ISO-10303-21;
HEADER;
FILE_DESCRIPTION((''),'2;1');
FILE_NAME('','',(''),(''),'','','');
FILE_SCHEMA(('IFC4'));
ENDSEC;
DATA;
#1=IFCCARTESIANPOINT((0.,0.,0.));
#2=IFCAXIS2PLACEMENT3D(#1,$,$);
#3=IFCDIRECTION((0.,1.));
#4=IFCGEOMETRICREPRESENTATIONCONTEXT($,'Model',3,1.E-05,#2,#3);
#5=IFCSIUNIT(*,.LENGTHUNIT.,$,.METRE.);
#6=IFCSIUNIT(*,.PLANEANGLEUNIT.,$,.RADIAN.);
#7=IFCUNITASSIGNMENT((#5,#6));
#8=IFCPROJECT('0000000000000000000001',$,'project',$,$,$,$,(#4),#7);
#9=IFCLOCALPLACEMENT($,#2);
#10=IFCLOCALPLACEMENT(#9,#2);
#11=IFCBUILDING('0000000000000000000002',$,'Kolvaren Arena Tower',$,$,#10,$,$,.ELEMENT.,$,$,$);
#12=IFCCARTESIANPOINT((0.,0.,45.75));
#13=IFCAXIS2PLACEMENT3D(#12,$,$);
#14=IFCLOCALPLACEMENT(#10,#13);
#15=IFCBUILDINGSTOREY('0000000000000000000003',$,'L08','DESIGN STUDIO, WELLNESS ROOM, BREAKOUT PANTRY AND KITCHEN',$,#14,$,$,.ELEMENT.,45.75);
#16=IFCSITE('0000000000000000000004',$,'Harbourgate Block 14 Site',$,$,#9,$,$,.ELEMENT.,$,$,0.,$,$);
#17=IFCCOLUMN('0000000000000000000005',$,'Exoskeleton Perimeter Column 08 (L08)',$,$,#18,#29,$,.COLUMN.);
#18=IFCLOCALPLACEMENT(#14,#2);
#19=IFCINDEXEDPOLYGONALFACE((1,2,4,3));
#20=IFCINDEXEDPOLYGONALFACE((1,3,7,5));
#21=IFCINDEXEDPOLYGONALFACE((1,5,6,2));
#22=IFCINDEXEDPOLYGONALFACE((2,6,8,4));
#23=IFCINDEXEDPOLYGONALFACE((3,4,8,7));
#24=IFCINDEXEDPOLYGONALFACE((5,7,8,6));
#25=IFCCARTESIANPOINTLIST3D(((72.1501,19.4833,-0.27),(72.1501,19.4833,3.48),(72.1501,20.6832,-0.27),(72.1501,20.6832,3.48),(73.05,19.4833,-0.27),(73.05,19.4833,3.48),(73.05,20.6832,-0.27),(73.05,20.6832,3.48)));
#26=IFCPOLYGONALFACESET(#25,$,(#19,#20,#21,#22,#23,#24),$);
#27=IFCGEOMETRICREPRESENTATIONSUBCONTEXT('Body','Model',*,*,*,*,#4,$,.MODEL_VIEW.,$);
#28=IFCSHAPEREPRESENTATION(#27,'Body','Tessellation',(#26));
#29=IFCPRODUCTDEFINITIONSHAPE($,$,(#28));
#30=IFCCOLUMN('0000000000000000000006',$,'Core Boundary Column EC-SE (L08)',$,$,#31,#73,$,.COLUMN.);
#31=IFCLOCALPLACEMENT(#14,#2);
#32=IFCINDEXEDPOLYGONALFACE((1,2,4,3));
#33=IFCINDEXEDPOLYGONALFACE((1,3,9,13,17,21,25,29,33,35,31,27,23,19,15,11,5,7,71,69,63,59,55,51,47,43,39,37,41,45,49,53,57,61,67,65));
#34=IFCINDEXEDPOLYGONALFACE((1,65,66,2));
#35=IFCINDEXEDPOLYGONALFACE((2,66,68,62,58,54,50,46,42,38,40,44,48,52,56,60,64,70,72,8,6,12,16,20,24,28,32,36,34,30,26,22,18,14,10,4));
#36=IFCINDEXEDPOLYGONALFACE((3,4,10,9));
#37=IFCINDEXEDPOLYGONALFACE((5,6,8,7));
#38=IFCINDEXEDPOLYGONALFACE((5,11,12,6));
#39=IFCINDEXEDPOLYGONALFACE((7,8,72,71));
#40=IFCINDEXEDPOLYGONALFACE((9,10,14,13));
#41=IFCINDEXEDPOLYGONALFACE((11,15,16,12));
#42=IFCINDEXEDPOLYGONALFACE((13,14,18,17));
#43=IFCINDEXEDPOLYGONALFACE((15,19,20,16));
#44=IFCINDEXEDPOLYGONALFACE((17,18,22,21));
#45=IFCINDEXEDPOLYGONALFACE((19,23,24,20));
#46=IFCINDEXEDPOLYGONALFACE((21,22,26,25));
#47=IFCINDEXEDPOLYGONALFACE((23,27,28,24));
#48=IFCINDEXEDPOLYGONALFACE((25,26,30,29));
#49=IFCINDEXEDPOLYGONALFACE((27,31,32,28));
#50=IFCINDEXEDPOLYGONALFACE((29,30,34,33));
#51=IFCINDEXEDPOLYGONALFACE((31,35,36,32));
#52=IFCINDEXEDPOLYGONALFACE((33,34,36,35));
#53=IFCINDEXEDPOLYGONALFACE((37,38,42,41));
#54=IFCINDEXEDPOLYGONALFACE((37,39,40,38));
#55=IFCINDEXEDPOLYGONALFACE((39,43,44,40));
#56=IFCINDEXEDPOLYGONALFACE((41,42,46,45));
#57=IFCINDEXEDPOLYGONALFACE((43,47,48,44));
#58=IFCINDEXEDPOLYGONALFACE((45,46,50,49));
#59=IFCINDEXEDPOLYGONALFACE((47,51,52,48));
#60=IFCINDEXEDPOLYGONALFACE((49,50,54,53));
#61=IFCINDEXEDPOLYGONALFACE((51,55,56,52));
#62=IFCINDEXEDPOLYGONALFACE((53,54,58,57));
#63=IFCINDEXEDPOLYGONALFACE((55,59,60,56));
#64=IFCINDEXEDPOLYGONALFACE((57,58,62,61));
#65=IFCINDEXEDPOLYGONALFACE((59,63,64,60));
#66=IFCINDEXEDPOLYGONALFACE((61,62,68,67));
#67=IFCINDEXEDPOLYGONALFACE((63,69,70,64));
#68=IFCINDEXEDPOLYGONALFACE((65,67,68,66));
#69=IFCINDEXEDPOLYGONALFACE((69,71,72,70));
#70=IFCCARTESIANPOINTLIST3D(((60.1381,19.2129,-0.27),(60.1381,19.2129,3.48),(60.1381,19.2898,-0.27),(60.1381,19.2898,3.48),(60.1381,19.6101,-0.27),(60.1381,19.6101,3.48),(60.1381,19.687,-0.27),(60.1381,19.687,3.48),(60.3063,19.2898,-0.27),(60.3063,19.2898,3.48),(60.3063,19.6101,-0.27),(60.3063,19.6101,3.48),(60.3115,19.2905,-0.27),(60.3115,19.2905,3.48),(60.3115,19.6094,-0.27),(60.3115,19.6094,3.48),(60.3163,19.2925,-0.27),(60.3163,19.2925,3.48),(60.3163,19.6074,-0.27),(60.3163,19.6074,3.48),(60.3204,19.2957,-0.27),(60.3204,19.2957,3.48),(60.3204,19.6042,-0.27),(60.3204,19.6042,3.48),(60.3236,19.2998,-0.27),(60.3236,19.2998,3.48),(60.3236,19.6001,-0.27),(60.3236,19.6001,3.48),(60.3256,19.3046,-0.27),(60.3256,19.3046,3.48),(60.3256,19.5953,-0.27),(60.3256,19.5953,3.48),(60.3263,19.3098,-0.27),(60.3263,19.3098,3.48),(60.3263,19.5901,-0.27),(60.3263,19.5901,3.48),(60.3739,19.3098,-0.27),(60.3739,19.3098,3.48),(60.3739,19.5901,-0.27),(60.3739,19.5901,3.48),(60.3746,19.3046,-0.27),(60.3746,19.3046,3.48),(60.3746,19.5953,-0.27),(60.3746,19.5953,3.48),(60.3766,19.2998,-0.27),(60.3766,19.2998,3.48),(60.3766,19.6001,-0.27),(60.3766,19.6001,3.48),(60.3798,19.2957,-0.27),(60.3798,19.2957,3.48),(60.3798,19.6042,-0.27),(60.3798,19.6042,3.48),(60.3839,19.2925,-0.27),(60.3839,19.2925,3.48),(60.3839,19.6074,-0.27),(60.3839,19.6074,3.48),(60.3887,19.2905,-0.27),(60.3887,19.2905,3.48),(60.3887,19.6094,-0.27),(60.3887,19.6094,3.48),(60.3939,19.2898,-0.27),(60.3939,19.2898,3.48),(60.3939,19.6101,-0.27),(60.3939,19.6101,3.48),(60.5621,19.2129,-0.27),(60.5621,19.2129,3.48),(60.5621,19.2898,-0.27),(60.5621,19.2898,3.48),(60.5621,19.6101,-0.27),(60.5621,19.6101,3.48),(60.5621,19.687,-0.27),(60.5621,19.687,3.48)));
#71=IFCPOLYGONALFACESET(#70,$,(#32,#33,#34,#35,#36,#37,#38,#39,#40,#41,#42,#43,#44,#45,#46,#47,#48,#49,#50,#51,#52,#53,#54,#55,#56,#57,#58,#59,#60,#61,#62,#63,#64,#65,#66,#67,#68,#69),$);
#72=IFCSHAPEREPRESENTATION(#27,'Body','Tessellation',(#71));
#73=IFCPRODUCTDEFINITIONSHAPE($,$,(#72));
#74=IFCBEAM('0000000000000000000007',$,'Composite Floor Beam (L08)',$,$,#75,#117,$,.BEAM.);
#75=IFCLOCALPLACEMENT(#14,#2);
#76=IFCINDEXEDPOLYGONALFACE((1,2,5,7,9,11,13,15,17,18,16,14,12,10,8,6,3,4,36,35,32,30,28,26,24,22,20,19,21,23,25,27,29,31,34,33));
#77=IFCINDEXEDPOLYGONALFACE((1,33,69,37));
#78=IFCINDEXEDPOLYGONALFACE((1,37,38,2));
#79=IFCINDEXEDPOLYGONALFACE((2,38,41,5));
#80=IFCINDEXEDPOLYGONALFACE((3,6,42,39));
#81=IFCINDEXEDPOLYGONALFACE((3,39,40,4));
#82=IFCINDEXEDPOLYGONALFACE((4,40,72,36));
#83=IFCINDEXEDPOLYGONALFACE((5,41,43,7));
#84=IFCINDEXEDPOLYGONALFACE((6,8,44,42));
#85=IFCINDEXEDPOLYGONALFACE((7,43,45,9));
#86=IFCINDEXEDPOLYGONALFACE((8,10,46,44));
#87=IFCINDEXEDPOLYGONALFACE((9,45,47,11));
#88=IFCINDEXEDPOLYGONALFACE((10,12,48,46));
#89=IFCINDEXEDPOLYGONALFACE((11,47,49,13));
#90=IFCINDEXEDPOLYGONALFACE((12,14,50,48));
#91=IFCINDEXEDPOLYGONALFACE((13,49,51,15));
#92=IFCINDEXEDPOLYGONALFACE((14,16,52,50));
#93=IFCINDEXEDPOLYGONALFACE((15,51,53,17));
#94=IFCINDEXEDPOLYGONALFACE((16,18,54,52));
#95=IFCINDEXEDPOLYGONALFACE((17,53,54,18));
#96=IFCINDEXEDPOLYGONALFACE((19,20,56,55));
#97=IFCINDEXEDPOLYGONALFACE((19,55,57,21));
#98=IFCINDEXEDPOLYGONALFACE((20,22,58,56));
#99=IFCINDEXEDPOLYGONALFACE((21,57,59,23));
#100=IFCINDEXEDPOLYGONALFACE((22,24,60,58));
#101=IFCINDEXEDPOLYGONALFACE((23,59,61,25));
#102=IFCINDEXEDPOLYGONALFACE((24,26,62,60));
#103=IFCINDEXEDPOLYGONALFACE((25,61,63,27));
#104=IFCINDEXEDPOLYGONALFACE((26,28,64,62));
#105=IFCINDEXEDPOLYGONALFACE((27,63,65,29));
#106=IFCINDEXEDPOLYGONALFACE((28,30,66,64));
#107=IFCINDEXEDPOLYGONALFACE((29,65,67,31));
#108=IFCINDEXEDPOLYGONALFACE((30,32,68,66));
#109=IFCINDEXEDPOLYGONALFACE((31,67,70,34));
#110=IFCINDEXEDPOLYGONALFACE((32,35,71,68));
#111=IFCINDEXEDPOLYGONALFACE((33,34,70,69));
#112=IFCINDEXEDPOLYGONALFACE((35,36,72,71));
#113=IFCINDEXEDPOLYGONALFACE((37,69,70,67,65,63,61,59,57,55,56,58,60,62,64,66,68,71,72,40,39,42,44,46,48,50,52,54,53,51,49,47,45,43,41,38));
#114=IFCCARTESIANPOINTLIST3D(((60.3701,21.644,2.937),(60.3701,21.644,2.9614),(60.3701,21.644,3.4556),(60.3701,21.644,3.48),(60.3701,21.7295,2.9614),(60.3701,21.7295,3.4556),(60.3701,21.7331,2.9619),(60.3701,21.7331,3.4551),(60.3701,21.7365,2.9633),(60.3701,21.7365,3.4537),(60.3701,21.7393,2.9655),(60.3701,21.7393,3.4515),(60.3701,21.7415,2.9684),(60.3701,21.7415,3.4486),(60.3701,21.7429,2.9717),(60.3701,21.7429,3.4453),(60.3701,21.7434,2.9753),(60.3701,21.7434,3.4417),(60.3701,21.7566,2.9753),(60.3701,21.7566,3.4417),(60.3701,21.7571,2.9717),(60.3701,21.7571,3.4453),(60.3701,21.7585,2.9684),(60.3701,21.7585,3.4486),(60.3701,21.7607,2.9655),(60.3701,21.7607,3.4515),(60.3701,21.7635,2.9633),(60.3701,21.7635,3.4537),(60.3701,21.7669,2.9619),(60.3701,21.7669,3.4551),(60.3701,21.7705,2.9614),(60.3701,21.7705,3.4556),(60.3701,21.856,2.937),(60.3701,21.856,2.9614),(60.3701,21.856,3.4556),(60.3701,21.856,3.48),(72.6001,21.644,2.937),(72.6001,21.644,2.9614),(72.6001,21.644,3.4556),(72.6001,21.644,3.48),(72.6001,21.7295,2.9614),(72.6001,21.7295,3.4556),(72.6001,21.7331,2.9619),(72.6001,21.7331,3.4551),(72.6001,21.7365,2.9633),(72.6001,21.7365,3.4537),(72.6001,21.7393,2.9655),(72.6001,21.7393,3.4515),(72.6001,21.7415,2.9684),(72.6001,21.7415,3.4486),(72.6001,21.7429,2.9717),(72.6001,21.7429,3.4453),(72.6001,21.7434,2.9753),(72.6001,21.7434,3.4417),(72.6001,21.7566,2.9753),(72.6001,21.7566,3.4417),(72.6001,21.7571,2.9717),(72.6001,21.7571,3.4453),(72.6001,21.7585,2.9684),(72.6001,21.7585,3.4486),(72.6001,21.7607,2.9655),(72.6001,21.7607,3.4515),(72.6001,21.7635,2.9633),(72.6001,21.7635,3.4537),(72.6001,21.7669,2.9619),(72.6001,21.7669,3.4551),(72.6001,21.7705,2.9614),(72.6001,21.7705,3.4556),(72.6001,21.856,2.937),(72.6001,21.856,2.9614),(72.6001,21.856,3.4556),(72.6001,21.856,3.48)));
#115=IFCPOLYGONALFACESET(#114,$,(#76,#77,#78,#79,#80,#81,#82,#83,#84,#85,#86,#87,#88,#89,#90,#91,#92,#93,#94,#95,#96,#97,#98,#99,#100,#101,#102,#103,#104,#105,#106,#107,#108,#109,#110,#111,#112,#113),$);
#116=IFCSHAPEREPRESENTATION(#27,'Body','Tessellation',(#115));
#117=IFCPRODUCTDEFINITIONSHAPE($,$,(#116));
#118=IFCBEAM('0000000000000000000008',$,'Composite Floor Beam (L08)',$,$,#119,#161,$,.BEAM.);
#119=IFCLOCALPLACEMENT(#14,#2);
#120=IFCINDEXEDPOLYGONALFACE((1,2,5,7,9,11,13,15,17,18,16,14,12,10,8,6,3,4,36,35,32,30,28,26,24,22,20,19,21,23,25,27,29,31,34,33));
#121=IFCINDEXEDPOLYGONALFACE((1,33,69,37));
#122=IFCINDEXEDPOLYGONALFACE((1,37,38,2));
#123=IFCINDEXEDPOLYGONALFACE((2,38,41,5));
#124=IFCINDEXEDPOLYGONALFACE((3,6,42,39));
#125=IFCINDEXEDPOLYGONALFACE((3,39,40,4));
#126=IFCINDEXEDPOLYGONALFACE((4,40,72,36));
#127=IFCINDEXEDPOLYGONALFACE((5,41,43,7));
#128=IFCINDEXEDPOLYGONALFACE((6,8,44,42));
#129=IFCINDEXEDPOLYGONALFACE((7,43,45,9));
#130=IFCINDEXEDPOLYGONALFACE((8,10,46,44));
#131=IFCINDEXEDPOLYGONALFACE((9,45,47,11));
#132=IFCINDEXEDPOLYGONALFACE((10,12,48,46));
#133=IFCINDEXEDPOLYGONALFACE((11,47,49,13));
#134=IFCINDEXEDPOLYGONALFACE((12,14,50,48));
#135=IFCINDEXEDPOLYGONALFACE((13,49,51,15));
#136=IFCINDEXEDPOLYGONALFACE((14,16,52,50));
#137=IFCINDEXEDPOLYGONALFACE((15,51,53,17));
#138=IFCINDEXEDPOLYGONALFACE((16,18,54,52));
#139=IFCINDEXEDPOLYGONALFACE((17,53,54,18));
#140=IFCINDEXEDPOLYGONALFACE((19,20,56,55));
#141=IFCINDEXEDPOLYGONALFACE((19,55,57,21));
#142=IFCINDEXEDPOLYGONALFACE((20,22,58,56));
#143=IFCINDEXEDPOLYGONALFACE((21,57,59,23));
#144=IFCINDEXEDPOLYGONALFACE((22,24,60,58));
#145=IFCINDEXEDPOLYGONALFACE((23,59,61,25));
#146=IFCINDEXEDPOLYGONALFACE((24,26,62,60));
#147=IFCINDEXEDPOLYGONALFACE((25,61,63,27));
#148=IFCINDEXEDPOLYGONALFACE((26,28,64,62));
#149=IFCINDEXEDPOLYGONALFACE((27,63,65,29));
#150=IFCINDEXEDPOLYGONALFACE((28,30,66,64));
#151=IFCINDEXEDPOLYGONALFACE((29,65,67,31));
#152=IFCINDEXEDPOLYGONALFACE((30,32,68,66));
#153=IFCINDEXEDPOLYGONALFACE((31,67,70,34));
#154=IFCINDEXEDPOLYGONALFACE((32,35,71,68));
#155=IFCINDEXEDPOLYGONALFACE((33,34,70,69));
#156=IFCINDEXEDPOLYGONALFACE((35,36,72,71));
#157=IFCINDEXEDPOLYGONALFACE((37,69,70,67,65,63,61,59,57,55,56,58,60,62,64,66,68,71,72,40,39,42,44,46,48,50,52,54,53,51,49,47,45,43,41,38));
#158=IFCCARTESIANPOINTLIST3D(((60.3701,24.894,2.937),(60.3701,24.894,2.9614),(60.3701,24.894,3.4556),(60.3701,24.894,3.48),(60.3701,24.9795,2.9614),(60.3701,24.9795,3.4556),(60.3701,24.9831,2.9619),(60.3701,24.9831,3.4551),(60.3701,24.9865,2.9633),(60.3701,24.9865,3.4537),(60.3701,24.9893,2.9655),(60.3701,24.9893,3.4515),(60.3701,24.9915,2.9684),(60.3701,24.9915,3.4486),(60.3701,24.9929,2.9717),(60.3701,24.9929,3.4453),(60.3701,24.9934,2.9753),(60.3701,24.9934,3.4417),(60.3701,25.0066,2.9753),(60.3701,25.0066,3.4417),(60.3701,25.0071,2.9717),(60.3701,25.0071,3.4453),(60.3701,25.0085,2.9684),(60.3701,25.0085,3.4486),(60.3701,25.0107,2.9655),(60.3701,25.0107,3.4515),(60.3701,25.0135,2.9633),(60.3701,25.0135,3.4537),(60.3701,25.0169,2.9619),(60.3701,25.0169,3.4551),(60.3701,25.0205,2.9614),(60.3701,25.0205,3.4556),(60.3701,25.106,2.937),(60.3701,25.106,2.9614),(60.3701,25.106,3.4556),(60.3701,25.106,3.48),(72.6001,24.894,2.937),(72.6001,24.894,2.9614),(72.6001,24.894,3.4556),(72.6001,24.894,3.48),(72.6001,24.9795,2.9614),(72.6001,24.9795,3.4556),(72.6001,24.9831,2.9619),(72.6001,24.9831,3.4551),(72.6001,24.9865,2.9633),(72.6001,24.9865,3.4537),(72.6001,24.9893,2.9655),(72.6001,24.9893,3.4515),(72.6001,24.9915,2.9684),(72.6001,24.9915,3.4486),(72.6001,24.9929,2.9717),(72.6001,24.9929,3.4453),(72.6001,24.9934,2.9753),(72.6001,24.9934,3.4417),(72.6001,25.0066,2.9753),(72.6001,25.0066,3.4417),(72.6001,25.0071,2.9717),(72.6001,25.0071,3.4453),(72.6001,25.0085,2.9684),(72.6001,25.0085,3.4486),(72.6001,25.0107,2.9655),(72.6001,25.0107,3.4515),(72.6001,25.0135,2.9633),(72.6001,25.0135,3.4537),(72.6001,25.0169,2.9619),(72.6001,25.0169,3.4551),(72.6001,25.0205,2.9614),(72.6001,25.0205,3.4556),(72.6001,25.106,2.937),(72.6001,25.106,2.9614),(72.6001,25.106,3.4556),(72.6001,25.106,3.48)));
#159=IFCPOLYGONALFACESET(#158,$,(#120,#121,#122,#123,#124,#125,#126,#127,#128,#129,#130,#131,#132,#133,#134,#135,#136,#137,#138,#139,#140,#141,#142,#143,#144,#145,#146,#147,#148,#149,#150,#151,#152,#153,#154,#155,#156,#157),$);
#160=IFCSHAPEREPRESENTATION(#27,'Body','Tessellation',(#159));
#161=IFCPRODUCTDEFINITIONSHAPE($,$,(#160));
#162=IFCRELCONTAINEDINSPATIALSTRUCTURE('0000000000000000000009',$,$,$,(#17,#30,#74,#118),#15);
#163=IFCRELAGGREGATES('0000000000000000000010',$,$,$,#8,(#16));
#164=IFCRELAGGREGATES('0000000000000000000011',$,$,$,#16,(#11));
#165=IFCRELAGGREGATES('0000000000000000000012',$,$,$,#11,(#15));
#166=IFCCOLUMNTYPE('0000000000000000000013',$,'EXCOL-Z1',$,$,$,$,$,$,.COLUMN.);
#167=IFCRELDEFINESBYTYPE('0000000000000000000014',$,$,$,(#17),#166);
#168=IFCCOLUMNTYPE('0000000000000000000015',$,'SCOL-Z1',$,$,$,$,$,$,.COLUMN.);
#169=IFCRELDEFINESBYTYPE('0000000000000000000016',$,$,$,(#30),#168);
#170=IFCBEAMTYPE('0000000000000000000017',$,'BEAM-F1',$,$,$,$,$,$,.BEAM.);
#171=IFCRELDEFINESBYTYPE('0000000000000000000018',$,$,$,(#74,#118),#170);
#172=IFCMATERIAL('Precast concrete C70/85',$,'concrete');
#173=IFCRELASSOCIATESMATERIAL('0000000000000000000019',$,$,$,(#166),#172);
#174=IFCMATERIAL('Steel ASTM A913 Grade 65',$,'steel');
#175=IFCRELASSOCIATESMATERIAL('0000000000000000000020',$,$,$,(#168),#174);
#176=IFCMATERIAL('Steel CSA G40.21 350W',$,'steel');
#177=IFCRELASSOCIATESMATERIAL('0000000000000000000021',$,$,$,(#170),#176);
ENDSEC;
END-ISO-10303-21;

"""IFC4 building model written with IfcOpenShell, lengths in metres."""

from ifc_helpers import new_model, si_unit, direction, frame, origin, origin_2d, place, context, subcontext, project, spatial, rectangle, i_section, extrude, material, material_profile, profile_set, type_object, element, save


model = new_model("IFC4")

# Units and contexts
model_context = context("Model", 3, precision=1e-05, world=origin(), true_north=direction((0.0, 1.0)))
body_context = subcontext(model_context, "Body", "Model", "MODEL_VIEW")
ifc_project = project(units=[si_unit("LENGTHUNIT", "METRE"), si_unit("PLANEANGLEUNIT", "RADIAN")], contexts=[model_context])

# Site, building, storey
site_placement = place(None, origin())
site = spatial("IfcSite", under=ifc_project, at=site_placement, Name="Harbourgate Block 14 Site", CompositionType="ELEMENT", RefElevation=0.0)
building_placement = place(site_placement, origin())
building = spatial("IfcBuilding", under=site, at=building_placement, Name="Kolvaren Arena Tower", CompositionType="ELEMENT")
storey_placement = place(building_placement, frame((0.0, 0.0, 45.75)))
storey = spatial("IfcBuildingStorey", under=building, at=storey_placement, Name="L08", Description="DESIGN STUDIO, WELLNESS ROOM, BREAKOUT PANTRY AND KITCHEN", CompositionType="ELEMENT", Elevation=45.75)

# Columns
ifc_material_1 = material(Name="Precast concrete C70/85", Category="concrete")
ifc_material_profile_1 = material_profile(ifc_material_1, rectangle(XDim=1.2, YDim=0.8999, at=origin_2d()), Name="RC-1200x900")
ifc_profile_set_1 = profile_set([ifc_material_profile_1], Name="Precast concrete C70/85")
column_type_1 = type_object("IfcColumnType", Name="EXCOL-Z1", PredefinedType="COLUMN", material=ifc_profile_set_1)
column_1_placement = place(storey_placement, frame((72.6001, 20.0833, -0.27), z_axis=(0.0, 0.0, 1.0), x_axis=(0.0, 1.0, 0.0)))
element("IfcColumn", 1, at=column_1_placement, inside=storey, type_object=column_type_1, Name="Exoskeleton Perimeter Column 08 (L08)", PredefinedType="COLUMN", context=body_context, shape_type="SweptSolid", body=[
    extrude(rectangle(XDim=1.2, YDim=0.8999, at=origin_2d()), origin(), (0.0, 0.0, 1.0), 3.75),
])
ifc_material_2 = material(Name="Steel ASTM A913 Grade 65", Category="steel")
ifc_material_profile_2 = material_profile(ifc_material_2, i_section(OverallWidth=0.4241, OverallDepth=0.4741, WebThickness=0.0476, FlangeThickness=0.0769, FilletRadius=0.02, at=origin_2d()), Name="W360x634")
ifc_profile_set_2 = profile_set([ifc_material_profile_2], Name="Steel ASTM A913 Grade 65")
column_type_2 = type_object("IfcColumnType", Name="SCOL-Z1", PredefinedType="COLUMN", material=ifc_profile_set_2)
column_2_placement = place(storey_placement, frame((60.3501, 19.45, -0.27), z_axis=(0.0, 0.0, 1.0), x_axis=(1.0, 0.0, 0.0)))
element("IfcColumn", 2, at=column_2_placement, inside=storey, type_object=column_type_2, Name="Core Boundary Column EC-SE (L08)", PredefinedType="COLUMN", context=body_context, shape_type="SweptSolid", body=[
    extrude(i_section(OverallWidth=0.4241, OverallDepth=0.4741, WebThickness=0.0476, FlangeThickness=0.0769, FilletRadius=0.02, at=origin_2d()), origin(), (0.0, 0.0, 1.0), 3.75),
])

# Beams
ifc_material_3 = material(Name="Steel CSA G40.21 350W", Category="steel")
ifc_material_profile_3 = material_profile(ifc_material_3, i_section(OverallWidth=0.2119, OverallDepth=0.543, WebThickness=0.0132, FlangeThickness=0.0244, FilletRadius=0.0139, at=origin_2d()), Name="W530x150")
ifc_profile_set_3 = profile_set([ifc_material_profile_3], Name="Steel CSA G40.21 350W")
beam_type_1 = type_object("IfcBeamType", Name="BEAM-F1", PredefinedType="BEAM", material=ifc_profile_set_3)
for number, where, z_axis, x_axis, name in (
    (3, (60.3701, 21.75, 3.2085), (1.0, 0.0, 0.0), (0.0, 1.0, 0.0), "Composite Floor Beam (L08)"),
    (4, (60.3701, 25.0, 3.2085), (1.0, 0.0, 0.0), (0.0, 1.0, 0.0), "Composite Floor Beam (L08)"),
):
    element("IfcBeam", number, at=place(storey_placement, frame(where, z_axis=z_axis, x_axis=x_axis)), inside=storey, type_object=beam_type_1, Name=name, PredefinedType="BEAM", context=body_context, shape_type="SweptSolid", body=[
        extrude(i_section(OverallWidth=0.2119, OverallDepth=0.543, WebThickness=0.0132, FlangeThickness=0.0244, FilletRadius=0.0139, at=origin_2d()), origin(), (0.0, 0.0, 1.0), 12.23),
    ])

save(model, "model.ifc")
